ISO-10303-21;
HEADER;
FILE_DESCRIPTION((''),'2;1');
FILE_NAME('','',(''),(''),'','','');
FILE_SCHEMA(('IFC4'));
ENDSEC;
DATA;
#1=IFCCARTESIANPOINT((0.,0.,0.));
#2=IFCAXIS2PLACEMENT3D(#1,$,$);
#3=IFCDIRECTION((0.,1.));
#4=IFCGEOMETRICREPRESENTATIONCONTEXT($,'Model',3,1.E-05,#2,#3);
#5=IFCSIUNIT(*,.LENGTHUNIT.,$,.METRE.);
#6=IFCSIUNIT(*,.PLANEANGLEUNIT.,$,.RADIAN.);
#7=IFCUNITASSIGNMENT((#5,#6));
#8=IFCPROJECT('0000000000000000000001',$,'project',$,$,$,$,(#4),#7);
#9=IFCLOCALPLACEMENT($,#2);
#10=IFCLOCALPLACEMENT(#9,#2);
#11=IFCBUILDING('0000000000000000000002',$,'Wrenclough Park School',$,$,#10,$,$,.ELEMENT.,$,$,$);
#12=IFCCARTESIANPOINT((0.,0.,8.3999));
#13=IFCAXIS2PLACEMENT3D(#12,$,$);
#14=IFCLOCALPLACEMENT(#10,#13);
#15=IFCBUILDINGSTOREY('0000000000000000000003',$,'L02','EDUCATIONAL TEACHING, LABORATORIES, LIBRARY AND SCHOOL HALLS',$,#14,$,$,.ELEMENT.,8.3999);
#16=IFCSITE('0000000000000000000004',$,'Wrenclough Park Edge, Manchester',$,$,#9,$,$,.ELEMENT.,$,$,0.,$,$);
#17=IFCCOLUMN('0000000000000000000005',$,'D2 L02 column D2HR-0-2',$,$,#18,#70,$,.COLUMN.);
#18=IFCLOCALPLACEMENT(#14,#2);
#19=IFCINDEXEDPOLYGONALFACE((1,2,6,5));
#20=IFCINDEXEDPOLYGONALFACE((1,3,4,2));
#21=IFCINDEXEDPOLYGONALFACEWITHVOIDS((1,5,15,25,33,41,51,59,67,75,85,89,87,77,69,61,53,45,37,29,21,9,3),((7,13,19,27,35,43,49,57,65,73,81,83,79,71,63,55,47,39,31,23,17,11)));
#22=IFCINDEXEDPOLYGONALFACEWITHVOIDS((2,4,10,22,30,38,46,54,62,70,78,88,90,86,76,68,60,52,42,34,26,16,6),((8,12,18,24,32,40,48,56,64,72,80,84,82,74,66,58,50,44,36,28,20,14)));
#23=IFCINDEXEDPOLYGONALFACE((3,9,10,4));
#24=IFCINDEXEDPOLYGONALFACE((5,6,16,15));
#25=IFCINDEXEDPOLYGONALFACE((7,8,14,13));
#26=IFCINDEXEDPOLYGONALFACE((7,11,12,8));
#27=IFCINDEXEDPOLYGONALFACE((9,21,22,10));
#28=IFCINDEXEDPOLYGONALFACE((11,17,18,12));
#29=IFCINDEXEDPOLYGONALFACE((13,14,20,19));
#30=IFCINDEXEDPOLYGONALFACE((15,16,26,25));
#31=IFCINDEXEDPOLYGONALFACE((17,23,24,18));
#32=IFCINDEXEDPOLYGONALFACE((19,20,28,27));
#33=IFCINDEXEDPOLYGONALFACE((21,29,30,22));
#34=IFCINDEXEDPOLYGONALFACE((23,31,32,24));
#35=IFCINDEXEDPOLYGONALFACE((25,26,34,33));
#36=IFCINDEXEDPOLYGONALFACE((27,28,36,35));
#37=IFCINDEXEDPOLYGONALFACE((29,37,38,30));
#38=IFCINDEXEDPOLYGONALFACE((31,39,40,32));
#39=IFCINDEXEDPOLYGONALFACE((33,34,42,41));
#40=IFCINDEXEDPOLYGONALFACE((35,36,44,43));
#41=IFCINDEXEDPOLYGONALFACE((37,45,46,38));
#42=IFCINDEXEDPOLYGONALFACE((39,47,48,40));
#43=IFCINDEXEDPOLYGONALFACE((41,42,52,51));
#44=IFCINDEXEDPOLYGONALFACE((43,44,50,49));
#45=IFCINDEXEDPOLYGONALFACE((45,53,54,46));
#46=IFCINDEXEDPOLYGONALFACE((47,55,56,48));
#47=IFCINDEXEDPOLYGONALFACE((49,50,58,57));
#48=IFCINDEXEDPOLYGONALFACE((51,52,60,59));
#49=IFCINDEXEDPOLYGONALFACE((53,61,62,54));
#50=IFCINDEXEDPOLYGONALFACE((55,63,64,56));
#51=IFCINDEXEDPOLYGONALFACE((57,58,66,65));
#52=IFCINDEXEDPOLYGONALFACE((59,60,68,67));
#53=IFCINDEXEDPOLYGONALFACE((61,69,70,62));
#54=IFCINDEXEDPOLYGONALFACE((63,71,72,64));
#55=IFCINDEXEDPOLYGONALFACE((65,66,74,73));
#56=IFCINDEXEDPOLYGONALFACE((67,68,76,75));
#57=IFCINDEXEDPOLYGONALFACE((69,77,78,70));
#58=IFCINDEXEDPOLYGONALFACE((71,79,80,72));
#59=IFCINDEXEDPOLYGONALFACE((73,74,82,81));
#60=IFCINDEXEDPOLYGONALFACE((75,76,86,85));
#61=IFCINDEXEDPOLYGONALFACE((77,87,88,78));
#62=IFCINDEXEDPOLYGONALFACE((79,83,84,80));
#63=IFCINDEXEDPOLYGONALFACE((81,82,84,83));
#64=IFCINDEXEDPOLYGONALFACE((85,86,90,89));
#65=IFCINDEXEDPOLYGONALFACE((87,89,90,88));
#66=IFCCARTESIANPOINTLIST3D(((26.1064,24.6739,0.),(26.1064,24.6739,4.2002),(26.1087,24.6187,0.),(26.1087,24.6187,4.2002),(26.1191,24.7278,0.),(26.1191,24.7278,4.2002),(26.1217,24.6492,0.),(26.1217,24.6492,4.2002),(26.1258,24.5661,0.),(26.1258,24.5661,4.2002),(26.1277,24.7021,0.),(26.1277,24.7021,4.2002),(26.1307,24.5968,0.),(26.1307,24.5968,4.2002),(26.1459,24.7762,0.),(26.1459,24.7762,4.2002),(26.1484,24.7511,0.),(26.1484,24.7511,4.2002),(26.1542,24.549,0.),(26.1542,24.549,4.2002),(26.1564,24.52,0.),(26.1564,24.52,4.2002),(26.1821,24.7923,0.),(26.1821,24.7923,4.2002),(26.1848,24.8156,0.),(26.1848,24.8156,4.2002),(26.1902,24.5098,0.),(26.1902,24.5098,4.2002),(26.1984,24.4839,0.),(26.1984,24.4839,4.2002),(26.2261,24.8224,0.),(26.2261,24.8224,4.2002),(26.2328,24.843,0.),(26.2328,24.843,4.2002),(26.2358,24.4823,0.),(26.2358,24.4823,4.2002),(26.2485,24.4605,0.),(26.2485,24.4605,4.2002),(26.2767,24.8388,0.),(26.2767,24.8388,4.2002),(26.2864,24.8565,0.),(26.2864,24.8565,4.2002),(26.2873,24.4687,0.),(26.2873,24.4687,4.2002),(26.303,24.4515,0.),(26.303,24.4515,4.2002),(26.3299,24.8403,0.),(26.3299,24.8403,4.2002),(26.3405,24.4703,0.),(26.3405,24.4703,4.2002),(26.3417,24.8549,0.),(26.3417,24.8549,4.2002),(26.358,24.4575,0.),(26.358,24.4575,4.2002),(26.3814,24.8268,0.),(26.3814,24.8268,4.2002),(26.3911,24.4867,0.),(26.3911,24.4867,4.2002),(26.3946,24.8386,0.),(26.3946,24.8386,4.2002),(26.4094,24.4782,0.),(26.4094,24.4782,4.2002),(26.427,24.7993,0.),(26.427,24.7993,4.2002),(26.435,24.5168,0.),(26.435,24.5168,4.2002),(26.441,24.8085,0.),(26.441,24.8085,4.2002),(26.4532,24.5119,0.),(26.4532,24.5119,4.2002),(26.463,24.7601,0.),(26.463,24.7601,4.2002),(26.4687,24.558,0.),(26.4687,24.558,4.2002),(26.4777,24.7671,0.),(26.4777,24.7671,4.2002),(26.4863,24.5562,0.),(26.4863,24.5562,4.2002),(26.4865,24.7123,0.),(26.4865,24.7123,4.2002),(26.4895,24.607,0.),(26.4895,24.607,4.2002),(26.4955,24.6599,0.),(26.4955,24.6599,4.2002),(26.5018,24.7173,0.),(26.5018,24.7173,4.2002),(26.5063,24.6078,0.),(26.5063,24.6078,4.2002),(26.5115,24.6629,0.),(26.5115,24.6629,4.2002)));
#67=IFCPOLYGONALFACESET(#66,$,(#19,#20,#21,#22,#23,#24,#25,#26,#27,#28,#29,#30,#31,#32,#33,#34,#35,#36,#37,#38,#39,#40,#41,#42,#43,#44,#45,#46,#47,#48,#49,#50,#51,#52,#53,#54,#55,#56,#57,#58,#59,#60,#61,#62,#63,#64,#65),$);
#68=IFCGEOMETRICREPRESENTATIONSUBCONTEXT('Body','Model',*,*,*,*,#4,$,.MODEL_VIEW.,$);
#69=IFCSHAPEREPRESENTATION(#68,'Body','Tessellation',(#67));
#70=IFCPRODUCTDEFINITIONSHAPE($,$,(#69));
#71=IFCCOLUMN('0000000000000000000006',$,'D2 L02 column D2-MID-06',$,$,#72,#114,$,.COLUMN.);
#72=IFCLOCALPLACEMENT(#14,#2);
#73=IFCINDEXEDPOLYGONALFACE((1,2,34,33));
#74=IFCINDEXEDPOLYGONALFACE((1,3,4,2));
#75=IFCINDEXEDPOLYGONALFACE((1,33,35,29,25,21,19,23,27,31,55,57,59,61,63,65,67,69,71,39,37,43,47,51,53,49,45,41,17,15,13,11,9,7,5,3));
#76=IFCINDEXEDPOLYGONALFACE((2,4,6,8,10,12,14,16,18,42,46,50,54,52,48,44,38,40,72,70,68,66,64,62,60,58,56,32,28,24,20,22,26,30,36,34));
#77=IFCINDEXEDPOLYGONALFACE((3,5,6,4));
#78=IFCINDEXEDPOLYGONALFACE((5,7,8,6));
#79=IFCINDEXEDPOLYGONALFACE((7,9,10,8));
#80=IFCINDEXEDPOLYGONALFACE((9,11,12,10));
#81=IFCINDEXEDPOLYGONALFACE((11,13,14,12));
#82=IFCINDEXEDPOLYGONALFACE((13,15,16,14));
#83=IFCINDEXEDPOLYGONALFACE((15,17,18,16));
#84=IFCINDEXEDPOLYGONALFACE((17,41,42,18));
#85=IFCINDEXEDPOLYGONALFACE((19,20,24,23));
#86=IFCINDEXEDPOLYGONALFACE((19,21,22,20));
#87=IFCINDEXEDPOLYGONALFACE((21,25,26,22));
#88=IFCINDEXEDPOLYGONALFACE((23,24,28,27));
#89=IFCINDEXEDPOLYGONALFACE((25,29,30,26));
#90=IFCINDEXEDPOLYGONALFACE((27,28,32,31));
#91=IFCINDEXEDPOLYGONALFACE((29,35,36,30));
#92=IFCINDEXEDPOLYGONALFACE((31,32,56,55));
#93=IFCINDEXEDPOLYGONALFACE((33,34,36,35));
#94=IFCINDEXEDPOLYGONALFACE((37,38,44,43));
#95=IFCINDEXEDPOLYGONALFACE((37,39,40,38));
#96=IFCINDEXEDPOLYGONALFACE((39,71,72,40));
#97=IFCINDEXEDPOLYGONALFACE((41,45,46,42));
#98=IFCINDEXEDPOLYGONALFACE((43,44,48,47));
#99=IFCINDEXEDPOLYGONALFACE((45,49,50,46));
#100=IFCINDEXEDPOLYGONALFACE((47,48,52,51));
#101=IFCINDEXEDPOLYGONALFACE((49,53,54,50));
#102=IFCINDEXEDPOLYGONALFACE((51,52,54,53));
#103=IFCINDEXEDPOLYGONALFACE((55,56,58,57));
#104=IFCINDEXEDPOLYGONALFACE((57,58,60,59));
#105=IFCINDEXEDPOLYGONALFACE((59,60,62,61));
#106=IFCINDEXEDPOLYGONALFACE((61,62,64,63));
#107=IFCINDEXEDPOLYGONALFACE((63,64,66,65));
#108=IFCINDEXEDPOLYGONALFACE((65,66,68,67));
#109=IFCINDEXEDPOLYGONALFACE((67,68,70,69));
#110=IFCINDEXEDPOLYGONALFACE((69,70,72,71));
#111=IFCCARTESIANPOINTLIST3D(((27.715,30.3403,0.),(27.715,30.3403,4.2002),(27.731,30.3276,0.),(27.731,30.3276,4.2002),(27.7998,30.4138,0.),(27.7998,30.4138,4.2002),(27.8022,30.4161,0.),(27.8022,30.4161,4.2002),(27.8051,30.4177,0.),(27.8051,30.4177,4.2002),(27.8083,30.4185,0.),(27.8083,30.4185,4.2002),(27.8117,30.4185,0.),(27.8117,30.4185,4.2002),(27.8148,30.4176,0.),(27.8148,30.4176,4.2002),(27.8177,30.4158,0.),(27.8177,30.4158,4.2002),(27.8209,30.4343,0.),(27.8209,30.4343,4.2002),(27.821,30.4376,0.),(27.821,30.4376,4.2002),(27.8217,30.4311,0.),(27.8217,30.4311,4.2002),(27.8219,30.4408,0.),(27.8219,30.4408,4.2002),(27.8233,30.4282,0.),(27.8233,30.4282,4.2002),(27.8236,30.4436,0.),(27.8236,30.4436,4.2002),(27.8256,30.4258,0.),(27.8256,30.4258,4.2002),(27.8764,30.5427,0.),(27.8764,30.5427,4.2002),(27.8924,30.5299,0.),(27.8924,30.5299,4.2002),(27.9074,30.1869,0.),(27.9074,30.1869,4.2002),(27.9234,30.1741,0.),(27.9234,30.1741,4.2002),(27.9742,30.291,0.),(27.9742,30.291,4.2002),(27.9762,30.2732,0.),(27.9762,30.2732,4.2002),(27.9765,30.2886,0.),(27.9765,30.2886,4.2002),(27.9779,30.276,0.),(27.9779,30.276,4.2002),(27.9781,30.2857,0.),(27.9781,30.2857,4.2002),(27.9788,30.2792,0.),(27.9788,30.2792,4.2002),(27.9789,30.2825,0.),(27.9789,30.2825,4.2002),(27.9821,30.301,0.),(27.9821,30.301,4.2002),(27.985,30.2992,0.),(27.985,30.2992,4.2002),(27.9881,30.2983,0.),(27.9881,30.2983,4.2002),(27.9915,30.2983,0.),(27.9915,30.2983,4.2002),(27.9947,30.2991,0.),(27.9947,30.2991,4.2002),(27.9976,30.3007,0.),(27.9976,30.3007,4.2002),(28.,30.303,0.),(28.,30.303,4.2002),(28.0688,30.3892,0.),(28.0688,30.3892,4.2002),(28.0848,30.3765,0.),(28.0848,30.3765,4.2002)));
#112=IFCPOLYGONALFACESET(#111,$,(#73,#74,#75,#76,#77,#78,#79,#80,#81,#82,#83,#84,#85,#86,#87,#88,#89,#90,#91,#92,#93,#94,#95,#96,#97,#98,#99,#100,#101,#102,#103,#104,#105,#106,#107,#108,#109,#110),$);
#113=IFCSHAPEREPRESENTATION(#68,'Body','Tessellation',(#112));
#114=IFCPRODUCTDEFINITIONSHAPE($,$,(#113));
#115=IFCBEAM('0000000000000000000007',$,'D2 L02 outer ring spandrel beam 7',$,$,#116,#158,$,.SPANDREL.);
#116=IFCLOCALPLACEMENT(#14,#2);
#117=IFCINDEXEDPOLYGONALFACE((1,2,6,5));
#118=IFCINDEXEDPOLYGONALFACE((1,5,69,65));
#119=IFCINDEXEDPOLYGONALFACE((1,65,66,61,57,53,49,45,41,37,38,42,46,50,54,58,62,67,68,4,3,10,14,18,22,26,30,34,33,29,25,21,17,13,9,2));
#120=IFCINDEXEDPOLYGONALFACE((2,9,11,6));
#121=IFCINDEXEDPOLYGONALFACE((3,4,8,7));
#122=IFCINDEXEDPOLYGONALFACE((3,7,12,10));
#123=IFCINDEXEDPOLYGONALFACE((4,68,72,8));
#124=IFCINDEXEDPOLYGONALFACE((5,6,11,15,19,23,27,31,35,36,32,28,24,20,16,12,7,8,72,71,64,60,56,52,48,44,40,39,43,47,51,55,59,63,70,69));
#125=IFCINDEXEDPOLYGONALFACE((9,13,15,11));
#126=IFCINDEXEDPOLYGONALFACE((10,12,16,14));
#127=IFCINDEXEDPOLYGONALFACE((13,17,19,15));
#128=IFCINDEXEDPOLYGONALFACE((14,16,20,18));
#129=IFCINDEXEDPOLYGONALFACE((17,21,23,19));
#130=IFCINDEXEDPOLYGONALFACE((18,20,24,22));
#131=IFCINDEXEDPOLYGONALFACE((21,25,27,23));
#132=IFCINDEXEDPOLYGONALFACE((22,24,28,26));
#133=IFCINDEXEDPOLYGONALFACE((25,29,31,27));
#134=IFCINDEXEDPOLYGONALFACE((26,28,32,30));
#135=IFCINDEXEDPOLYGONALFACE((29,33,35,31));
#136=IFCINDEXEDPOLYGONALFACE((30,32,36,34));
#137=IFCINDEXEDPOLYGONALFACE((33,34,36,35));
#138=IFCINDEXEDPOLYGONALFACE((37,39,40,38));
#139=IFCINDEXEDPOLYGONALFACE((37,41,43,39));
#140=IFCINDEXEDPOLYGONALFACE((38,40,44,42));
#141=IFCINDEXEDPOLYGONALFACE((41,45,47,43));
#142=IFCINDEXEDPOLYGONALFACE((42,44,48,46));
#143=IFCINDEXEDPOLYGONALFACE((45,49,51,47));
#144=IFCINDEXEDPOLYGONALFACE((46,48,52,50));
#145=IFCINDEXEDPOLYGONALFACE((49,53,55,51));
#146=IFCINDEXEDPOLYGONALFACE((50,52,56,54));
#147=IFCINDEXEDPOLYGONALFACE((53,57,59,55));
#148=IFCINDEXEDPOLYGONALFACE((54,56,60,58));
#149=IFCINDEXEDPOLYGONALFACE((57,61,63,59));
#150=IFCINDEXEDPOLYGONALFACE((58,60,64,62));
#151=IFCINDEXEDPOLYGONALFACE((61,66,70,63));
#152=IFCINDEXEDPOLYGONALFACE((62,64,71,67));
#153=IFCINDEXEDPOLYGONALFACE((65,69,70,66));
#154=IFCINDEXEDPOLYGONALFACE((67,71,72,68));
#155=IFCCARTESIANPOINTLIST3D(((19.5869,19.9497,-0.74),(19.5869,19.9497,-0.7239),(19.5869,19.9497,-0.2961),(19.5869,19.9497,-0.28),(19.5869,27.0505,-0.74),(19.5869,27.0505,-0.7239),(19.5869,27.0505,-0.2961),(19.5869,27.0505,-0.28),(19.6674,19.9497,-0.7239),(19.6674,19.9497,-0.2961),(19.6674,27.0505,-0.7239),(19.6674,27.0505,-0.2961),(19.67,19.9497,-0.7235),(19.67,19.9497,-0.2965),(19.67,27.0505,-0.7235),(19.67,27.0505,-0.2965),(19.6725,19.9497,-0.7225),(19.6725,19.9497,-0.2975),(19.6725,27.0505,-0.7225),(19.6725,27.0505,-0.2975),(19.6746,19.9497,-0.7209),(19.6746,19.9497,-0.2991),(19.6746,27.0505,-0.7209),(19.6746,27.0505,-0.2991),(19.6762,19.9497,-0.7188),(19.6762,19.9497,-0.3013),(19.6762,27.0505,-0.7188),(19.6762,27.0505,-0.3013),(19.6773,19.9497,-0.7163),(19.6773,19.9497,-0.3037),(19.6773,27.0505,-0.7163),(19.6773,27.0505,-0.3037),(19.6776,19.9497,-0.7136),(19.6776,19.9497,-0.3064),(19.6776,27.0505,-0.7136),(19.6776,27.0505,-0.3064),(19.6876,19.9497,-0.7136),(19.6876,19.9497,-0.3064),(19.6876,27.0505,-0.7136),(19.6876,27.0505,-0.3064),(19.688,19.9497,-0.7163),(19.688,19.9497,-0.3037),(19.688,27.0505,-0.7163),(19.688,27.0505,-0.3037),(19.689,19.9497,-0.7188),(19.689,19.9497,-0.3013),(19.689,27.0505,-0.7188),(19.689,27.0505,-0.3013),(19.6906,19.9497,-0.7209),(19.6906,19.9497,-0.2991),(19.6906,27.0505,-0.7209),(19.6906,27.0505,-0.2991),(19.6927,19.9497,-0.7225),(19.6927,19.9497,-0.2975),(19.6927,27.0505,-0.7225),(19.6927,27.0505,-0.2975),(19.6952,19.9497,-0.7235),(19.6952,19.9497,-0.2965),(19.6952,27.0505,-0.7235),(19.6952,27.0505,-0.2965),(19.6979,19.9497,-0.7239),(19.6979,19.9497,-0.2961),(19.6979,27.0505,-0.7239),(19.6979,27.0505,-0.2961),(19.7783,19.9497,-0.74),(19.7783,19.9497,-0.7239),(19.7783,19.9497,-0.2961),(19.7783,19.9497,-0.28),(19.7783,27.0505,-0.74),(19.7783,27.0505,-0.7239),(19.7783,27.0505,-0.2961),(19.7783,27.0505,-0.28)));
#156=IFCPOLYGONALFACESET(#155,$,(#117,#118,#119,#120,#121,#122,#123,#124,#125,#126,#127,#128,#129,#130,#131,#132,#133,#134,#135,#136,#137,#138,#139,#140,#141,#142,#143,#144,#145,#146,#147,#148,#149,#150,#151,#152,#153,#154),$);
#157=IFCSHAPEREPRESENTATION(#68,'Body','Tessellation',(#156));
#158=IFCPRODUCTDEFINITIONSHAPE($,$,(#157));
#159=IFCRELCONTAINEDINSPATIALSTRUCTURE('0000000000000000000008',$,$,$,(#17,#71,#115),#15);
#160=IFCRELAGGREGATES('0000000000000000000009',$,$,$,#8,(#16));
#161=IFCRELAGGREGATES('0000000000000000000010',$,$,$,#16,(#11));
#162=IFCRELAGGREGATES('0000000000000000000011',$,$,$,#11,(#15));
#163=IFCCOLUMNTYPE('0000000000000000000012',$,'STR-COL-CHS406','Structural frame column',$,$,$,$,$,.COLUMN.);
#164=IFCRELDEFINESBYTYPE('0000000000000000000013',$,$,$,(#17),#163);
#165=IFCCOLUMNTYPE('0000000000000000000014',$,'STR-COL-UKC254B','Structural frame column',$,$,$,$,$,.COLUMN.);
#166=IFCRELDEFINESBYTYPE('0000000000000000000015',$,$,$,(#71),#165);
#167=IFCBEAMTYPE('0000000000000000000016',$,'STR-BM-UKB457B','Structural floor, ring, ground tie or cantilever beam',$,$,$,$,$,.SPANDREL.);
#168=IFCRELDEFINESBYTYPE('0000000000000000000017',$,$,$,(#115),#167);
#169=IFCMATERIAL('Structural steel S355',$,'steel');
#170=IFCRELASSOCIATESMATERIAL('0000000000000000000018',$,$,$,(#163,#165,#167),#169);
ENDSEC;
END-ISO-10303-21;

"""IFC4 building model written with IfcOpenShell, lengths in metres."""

from ifc_helpers import new_model, si_unit, direction, frame, origin, origin_2d, place, context, subcontext, project, spatial, hollow_circle, i_section, extrude, material, material_profile, profile_set, type_object, element, save


model = new_model("IFC4")

# Units and contexts
model_context = context("Model", 3, precision=1e-05, world=origin(), true_north=direction((0.0, 1.0)))
body_context = subcontext(model_context, "Body", "Model", "MODEL_VIEW")
ifc_project = project(units=[si_unit("LENGTHUNIT", "METRE"), si_unit("PLANEANGLEUNIT", "RADIAN")], contexts=[model_context])

# Site, building, storey
site_placement = place(None, origin())
site = spatial("IfcSite", under=ifc_project, at=site_placement, Name="Wrenclough Park Edge, Manchester", CompositionType="ELEMENT", RefElevation=0.0)
building_placement = place(site_placement, origin())
building = spatial("IfcBuilding", under=site, at=building_placement, Name="Wrenclough Park School", CompositionType="ELEMENT")
storey_placement = place(building_placement, frame((0.0, 0.0, 8.3999)))
storey = spatial("IfcBuildingStorey", under=building, at=storey_placement, Name="L02", Description="EDUCATIONAL TEACHING, LABORATORIES, LIBRARY AND SCHOOL HALLS", CompositionType="ELEMENT", Elevation=8.3999)

# Columns
ifc_material_1 = material(Name="Structural steel S355", Category="steel")
ifc_material_profile_1 = material_profile(ifc_material_1, hollow_circle(Radius=0.2031, WallThickness=0.0161, at=origin_2d()), Name="CHS 406.4x16.0")
ifc_profile_set_1 = profile_set([ifc_material_profile_1], Name="Structural steel S355")
column_type_1 = type_object("IfcColumnType", Name="STR-COL-CHS406", Description="Structural frame column", PredefinedType="COLUMN", material=ifc_profile_set_1)
column_1_placement = place(storey_placement, frame((26.3086, 24.6545, 0.0), z_axis=(0.0, 0.0, 1.0), x_axis=(0.951057, 0.309017, 0.0)))
element("IfcColumn", 1, at=column_1_placement, inside=storey, type_object=column_type_1, Name="D2 L02 column D2HR-0-2", PredefinedType="COLUMN", context=body_context, shape_type="SweptSolid", body=[
    extrude(hollow_circle(Radius=0.2031, WallThickness=0.0161, at=origin_2d()), origin(), (0.0, 0.0, 1.0), 4.2002),
])
ifc_material_profile_2 = material_profile(ifc_material_1, i_section(OverallWidth=0.2588, OverallDepth=0.2666, WebThickness=0.0127, FlangeThickness=0.0205, FilletRadius=0.0127, at=origin_2d()), Name="UKC 254x254x107")
ifc_profile_set_2 = profile_set([ifc_material_profile_2], Name="Structural steel S355")
column_type_2 = type_object("IfcColumnType", Name="STR-COL-UKC254B", Description="Structural frame column", PredefinedType="COLUMN", material=ifc_profile_set_2)
column_2_placement = place(storey_placement, frame((27.8999, 30.3584, 0.0), z_axis=(0.0, 0.0, 1.0), x_axis=(-0.62347, -0.781847, 0.0)))
element("IfcColumn", 2, at=column_2_placement, inside=storey, type_object=column_type_2, Name="D2 L02 column D2-MID-06", PredefinedType="COLUMN", context=body_context, shape_type="SweptSolid", body=[
    extrude(i_section(OverallWidth=0.2588, OverallDepth=0.2666, WebThickness=0.0127, FlangeThickness=0.0205, FilletRadius=0.0127, at=origin_2d()), origin(), (0.0, 0.0, 1.0), 4.2002),
])

# Beam
ifc_material_profile_3 = material_profile(ifc_material_1, i_section(OverallWidth=0.1914, OverallDepth=0.46, WebThickness=0.01, FlangeThickness=0.0161, FilletRadius=0.0103, at=origin_2d()), Name="UKB 457x191x82")
ifc_profile_set_3 = profile_set([ifc_material_profile_3], Name="Structural steel S355")
beam_type_1 = type_object("IfcBeamType", Name="STR-BM-UKB457B", Description="Structural floor, ring, ground tie or cantilever beam", PredefinedType="SPANDREL", material=ifc_profile_set_3)
beam_1_placement = place(storey_placement, frame((19.6826, 27.0505, -0.51), z_axis=(0.0, -1.0, 0.0), x_axis=(1.0, 0.0, 0.0)))
element("IfcBeam", 3, at=beam_1_placement, inside=storey, type_object=beam_type_1, Name="D2 L02 outer ring spandrel beam 7", PredefinedType="SPANDREL", context=body_context, shape_type="SweptSolid", body=[
    extrude(i_section(OverallWidth=0.1914, OverallDepth=0.46, WebThickness=0.01, FlangeThickness=0.0161, FilletRadius=0.0103, at=origin_2d()), origin(), (0.0, 0.0, 1.0), 7.1008),
])

save(model, "model.ifc")
